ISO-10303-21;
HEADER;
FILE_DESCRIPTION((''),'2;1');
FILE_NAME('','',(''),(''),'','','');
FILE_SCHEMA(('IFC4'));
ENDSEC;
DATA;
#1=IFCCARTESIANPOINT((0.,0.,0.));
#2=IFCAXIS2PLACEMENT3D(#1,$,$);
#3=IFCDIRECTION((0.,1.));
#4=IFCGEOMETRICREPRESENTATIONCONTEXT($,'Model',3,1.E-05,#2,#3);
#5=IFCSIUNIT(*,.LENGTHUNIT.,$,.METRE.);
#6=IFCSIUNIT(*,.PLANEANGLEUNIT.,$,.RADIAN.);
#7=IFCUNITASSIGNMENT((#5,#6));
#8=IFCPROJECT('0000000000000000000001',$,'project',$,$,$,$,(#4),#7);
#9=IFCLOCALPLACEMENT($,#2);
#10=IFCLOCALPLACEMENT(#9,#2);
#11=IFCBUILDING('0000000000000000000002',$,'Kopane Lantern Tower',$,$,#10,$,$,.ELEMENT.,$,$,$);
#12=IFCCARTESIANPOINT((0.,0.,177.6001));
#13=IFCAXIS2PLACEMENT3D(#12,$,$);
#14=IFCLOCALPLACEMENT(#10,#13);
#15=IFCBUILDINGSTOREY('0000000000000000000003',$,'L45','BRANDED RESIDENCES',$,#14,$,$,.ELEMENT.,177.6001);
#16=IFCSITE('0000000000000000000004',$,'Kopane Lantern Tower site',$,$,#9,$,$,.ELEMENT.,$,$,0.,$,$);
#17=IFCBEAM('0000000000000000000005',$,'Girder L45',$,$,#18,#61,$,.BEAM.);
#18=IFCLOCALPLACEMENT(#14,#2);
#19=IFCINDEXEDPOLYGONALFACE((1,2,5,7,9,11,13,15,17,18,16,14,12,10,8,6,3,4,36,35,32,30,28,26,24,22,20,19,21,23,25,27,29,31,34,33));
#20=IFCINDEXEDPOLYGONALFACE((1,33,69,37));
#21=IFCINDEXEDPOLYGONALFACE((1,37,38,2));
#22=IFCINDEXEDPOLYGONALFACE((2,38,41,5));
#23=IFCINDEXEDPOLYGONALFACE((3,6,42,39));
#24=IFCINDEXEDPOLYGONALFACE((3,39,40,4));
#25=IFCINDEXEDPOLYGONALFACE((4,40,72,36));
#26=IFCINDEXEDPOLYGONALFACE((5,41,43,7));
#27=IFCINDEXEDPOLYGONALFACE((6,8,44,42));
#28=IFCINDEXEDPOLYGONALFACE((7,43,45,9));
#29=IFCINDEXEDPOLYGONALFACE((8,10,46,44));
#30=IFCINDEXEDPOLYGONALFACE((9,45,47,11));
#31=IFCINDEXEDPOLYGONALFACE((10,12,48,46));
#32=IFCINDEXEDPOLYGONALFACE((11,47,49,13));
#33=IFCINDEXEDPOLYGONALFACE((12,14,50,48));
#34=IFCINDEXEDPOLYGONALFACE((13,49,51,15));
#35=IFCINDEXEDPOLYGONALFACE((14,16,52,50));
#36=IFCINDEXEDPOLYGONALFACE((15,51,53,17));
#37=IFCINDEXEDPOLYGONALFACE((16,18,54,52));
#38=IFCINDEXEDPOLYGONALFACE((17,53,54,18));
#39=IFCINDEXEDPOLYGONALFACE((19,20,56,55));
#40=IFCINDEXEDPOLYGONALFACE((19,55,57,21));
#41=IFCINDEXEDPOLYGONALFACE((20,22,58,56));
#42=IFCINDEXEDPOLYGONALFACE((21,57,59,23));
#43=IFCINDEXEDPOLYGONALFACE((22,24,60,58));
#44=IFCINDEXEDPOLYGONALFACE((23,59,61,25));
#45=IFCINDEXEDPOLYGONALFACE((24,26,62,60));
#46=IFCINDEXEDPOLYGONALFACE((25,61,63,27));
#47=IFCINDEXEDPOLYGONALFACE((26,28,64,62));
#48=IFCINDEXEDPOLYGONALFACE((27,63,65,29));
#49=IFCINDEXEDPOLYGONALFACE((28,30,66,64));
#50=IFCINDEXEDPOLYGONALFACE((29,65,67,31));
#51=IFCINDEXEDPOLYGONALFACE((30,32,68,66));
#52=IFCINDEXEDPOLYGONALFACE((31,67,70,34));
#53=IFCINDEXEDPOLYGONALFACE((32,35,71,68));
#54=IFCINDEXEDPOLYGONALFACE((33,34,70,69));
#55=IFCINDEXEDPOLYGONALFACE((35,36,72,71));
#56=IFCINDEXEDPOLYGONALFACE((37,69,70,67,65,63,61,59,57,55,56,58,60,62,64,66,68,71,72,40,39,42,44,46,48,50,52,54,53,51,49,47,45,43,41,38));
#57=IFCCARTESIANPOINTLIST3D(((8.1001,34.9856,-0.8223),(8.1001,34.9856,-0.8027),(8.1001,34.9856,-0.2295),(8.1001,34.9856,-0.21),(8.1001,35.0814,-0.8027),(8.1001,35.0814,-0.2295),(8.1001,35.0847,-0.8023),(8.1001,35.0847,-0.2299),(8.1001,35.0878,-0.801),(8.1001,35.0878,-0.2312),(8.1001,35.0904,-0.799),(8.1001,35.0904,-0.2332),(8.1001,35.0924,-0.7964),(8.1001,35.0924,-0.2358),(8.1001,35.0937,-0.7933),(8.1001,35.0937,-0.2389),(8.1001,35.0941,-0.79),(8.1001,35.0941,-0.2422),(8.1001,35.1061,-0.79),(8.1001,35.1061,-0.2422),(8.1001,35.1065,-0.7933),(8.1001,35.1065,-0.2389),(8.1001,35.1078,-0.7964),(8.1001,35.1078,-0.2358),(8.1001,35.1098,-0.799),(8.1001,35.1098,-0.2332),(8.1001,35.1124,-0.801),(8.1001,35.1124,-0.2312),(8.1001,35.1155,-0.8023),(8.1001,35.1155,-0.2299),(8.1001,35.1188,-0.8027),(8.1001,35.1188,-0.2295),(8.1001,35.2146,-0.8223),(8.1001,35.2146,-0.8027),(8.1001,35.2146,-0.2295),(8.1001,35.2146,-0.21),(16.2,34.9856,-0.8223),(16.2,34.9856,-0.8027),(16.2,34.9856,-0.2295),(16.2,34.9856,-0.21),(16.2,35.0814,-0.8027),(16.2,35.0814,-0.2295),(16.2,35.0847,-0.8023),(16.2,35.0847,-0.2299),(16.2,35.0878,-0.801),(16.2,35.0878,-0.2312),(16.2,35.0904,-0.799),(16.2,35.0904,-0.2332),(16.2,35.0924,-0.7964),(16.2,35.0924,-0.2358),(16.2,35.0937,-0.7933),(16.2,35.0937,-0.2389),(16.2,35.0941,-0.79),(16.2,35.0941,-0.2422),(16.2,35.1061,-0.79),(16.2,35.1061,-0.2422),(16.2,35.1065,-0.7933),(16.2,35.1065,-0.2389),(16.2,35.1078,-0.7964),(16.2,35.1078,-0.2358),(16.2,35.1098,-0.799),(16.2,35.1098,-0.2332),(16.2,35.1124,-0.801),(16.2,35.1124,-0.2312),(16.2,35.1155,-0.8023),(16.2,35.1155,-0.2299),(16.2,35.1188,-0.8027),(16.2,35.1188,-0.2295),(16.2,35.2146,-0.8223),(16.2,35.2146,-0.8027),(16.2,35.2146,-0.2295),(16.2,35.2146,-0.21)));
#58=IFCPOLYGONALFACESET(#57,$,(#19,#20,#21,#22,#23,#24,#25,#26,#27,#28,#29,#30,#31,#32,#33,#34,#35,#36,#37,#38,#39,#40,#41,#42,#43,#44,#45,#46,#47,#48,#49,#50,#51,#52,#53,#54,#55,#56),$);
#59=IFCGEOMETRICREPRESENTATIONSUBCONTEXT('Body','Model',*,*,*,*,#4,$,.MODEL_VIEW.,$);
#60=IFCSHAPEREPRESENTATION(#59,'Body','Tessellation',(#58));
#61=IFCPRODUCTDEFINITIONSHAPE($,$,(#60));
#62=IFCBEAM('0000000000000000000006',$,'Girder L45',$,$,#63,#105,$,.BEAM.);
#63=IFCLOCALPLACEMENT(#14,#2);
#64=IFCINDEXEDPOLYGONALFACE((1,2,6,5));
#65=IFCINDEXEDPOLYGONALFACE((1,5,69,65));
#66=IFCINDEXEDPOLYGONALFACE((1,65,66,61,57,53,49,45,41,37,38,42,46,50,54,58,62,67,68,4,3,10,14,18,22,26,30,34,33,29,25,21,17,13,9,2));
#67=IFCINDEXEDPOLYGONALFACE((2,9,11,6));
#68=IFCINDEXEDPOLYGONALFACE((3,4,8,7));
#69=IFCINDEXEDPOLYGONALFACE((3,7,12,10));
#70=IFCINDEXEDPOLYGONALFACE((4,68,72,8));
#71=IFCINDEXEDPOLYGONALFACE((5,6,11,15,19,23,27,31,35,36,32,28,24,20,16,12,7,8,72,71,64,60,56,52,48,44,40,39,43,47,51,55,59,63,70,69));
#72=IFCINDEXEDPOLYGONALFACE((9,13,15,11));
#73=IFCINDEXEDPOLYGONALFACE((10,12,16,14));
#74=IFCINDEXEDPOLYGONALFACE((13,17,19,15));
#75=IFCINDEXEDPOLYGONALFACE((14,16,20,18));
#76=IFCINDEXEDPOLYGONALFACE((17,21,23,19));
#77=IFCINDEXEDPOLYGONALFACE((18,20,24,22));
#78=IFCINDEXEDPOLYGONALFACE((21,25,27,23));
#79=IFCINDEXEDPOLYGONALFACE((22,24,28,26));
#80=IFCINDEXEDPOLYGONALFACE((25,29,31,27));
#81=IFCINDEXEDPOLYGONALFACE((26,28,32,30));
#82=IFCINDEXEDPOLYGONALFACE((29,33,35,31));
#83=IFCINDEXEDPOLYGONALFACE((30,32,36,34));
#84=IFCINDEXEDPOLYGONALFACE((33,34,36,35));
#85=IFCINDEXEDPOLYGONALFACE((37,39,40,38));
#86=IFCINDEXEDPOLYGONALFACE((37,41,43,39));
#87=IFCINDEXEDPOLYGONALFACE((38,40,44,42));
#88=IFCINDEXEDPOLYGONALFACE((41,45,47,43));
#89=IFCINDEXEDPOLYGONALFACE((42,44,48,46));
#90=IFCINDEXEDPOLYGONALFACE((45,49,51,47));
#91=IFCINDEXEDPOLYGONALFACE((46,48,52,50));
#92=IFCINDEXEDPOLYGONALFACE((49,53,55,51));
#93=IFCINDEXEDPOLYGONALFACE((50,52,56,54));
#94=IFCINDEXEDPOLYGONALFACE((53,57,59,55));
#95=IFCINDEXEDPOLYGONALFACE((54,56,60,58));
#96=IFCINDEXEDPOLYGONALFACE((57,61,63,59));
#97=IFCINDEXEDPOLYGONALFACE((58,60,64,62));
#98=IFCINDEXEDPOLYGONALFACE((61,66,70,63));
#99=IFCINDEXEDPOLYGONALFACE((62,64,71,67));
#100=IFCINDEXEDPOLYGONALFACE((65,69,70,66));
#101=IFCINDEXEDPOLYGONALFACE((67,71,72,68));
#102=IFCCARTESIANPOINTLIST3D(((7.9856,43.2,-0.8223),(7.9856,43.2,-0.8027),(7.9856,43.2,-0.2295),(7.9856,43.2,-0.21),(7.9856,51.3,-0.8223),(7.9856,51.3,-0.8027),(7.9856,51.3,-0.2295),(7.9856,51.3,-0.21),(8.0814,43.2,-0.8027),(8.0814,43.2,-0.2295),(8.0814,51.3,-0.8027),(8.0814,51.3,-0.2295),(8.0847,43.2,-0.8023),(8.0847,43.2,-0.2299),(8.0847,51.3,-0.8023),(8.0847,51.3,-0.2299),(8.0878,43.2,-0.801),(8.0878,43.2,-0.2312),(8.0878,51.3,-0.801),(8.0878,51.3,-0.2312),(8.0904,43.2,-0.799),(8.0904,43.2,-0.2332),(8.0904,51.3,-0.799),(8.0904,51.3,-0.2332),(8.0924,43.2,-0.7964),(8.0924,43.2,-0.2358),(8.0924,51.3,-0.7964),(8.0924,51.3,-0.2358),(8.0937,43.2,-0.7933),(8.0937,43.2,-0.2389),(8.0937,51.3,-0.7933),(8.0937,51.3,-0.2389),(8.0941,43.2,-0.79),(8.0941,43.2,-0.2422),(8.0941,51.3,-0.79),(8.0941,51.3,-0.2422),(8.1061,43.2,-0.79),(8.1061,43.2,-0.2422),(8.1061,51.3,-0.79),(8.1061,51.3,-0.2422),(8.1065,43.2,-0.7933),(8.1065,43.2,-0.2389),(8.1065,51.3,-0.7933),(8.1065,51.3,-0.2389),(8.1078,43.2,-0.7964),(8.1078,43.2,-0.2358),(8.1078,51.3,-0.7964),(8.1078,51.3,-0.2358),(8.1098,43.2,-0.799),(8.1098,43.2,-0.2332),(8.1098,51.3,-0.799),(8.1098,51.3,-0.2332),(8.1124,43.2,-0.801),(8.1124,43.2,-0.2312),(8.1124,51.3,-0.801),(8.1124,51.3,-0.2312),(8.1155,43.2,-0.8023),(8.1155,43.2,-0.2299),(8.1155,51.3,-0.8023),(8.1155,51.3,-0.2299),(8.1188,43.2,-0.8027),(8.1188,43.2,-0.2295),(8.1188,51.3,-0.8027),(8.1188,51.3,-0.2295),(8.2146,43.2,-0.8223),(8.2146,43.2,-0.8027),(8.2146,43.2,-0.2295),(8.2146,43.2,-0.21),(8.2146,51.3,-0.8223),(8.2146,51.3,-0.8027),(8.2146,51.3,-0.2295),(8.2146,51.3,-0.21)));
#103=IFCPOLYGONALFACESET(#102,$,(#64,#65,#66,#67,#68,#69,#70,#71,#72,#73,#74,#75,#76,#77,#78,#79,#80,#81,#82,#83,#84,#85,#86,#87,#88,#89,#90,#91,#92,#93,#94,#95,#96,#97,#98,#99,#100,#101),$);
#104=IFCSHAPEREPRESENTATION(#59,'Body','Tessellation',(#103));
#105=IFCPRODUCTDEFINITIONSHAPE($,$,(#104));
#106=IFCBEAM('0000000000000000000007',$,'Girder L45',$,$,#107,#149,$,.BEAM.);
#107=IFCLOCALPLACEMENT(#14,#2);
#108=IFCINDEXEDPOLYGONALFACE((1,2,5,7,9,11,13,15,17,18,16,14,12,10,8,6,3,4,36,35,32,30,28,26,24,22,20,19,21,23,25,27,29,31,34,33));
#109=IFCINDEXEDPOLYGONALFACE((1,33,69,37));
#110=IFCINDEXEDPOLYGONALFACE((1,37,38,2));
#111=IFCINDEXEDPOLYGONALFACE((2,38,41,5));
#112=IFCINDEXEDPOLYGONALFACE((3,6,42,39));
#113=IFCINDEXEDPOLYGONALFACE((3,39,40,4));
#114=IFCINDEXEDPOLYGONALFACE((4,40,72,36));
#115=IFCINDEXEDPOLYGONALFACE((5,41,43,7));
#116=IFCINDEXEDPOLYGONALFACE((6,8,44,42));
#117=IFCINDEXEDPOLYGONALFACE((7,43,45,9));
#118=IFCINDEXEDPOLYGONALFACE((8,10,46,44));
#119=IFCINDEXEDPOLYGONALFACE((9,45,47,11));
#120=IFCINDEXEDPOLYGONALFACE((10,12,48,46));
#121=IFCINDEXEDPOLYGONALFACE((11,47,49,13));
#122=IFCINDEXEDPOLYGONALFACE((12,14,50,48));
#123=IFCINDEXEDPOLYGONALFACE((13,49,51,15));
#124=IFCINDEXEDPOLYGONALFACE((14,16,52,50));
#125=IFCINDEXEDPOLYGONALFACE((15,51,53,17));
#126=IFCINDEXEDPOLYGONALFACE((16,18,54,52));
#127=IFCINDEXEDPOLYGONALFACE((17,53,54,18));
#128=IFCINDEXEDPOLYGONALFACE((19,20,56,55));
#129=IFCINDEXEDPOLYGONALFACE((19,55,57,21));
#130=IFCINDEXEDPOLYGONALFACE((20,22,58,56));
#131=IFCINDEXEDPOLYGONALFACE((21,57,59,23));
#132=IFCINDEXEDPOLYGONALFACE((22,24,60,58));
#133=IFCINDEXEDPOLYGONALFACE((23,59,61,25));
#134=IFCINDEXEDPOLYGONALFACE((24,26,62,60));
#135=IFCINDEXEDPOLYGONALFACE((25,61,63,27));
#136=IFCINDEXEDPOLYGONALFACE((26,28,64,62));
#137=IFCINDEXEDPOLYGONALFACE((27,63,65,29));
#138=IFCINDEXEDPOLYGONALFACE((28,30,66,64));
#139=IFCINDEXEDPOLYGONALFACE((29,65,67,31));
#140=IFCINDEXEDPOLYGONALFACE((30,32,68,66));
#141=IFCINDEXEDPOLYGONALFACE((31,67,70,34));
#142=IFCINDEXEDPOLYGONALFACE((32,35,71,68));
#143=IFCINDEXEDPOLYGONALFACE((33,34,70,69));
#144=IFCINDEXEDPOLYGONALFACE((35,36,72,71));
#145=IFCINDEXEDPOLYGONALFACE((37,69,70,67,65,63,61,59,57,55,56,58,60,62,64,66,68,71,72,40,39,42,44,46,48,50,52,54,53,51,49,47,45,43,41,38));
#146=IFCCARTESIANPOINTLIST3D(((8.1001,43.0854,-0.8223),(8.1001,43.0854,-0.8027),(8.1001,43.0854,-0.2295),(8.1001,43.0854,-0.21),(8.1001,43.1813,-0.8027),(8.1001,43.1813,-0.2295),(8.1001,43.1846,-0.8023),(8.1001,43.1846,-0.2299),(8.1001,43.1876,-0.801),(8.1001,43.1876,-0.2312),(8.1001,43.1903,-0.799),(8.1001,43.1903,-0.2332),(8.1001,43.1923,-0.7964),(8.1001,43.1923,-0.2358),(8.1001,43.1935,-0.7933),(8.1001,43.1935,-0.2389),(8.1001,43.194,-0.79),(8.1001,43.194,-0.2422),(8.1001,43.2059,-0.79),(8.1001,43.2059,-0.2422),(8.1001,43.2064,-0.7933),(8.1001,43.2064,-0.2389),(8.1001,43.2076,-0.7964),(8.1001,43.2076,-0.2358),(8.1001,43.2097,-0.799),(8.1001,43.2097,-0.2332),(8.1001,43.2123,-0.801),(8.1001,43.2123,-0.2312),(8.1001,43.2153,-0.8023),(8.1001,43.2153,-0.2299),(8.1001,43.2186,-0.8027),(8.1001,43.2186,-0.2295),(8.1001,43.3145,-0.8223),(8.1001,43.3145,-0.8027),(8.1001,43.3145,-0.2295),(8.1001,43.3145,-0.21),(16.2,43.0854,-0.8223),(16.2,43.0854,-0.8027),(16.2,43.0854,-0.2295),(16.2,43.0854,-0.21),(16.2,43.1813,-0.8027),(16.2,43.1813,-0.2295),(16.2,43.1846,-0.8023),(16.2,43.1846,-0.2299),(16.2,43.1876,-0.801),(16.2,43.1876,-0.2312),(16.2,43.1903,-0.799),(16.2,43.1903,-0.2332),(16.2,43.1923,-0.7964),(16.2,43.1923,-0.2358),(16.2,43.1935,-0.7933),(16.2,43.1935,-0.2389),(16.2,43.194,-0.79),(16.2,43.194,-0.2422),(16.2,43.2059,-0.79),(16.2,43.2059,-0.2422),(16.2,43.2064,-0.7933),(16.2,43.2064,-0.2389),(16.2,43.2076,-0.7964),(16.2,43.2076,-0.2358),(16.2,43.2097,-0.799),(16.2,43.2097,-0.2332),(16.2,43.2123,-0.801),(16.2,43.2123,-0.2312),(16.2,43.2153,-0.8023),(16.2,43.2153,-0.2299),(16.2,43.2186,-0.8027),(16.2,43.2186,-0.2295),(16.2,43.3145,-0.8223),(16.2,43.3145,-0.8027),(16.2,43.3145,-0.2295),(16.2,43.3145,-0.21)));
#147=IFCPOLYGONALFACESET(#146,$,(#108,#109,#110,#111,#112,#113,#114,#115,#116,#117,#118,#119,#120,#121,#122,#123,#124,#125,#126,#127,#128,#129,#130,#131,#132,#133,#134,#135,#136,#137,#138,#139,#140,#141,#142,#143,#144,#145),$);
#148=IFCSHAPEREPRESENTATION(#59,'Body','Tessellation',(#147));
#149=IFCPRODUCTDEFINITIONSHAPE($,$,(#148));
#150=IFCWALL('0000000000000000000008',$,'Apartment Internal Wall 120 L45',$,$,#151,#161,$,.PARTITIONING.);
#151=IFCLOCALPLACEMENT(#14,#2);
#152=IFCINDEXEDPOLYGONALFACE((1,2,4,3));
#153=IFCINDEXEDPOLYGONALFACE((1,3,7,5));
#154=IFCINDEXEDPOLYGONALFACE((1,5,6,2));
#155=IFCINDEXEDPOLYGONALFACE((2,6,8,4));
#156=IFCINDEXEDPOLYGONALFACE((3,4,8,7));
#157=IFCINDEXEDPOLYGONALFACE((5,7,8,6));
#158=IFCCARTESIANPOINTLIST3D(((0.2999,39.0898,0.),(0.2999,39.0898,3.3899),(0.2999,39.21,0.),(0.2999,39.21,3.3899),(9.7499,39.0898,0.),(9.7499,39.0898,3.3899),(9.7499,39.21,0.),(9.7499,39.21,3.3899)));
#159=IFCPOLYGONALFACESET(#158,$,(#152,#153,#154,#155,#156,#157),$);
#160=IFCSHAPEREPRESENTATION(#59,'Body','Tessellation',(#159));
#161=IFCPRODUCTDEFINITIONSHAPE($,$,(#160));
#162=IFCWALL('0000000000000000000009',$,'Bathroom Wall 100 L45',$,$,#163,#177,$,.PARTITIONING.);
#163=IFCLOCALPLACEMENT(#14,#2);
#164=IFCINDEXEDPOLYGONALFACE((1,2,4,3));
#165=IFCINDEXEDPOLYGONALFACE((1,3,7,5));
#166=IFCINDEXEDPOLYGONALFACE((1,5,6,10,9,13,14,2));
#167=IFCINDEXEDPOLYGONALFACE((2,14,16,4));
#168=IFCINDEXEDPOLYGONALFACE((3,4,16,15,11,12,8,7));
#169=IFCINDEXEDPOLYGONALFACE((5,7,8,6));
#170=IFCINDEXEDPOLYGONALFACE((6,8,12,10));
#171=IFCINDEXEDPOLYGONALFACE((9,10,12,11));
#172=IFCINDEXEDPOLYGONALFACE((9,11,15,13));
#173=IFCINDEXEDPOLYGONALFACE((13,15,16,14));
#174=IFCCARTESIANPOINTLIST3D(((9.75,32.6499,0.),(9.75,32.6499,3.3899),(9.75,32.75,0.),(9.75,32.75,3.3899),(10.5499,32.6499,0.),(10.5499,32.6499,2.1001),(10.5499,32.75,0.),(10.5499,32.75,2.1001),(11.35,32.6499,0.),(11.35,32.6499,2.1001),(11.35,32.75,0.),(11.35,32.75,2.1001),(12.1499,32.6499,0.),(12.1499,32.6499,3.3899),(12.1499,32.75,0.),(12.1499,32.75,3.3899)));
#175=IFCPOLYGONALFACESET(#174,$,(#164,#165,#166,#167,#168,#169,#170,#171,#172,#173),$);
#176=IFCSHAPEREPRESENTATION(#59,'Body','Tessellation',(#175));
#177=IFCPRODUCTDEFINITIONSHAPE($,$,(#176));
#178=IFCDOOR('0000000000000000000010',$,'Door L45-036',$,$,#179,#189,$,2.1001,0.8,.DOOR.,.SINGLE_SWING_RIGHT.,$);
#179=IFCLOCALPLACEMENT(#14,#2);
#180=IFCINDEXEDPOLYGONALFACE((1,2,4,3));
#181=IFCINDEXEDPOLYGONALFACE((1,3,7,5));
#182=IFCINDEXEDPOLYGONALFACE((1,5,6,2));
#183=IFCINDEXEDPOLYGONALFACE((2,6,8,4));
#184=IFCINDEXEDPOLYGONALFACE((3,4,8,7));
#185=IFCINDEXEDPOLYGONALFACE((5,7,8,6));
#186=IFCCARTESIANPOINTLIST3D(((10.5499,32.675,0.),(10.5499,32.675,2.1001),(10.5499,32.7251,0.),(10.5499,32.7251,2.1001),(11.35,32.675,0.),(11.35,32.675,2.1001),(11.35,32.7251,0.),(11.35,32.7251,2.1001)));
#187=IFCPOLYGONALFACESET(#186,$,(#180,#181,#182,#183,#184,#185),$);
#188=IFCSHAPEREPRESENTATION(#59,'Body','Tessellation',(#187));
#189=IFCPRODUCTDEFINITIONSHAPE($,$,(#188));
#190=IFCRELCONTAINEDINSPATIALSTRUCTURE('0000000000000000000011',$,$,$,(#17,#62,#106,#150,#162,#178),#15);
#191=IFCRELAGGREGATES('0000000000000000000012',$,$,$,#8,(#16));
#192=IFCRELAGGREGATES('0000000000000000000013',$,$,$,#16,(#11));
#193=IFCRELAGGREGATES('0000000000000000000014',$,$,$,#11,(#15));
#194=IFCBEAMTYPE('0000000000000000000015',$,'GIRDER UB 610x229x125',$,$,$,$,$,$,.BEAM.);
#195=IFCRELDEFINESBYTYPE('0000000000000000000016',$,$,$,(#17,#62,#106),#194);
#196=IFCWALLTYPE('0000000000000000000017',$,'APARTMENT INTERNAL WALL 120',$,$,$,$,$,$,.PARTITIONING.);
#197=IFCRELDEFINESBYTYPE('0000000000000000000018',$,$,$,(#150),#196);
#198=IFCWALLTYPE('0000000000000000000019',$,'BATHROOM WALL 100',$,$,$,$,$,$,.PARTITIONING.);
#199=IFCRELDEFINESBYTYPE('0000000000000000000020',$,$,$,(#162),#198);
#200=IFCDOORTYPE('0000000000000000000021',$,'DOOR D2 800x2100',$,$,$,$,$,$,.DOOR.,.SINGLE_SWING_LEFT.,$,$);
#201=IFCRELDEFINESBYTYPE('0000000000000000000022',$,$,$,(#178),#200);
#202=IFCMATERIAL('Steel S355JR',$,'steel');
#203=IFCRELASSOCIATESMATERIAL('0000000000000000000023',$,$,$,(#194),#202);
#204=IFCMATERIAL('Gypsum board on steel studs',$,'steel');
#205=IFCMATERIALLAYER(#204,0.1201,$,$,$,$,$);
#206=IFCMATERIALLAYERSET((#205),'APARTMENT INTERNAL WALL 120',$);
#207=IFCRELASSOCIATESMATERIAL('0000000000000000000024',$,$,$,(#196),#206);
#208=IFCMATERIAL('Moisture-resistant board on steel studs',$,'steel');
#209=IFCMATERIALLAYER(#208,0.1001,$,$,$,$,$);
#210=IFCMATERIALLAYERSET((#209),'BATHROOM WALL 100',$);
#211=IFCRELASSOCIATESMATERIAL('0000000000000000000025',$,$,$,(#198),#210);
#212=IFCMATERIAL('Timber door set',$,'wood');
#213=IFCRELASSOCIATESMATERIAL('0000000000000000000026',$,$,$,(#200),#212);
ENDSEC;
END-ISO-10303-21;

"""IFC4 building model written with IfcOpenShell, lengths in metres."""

from ifc_helpers import new_model, si_unit, direction, frame, frame_2d, origin, origin_2d, place, context, subcontext, project, spatial, rectangle, i_section, extrude, material, layer, layer_set, material_profile, profile_set, type_object, element, fill, save


model = new_model("IFC4")

# Units and contexts
model_context = context("Model", 3, precision=1e-05, world=origin(), true_north=direction((0.0, 1.0)))
body_context = subcontext(model_context, "Body", "Model", "MODEL_VIEW")
ifc_project = project(units=[si_unit("LENGTHUNIT", "METRE"), si_unit("PLANEANGLEUNIT", "RADIAN")], contexts=[model_context])

# Site, building, storey
site_placement = place(None, origin())
site = spatial("IfcSite", under=ifc_project, at=site_placement, Name="Kopane Lantern Tower site", CompositionType="ELEMENT", RefElevation=0.0)
building_placement = place(site_placement, origin())
building = spatial("IfcBuilding", under=site, at=building_placement, Name="Kopane Lantern Tower", CompositionType="ELEMENT")
storey_placement = place(building_placement, frame((0.0, 0.0, 177.6001)))
storey = spatial("IfcBuildingStorey", under=building, at=storey_placement, Name="L45", Description="BRANDED RESIDENCES", CompositionType="ELEMENT", Elevation=177.6001)

# Beams
ifc_material_1 = material(Name="Steel S355JR", Category="steel")
ifc_material_profile_1 = material_profile(ifc_material_1, i_section(OverallWidth=0.229, OverallDepth=0.6123, WebThickness=0.012, FlangeThickness=0.0195, FilletRadius=0.0127, at=origin_2d()), Name="UB 610x229x125")
ifc_profile_set_1 = profile_set([ifc_material_profile_1], Name="Steel S355JR")
beam_type = type_object("IfcBeamType", Name="GIRDER UB 610x229x125", PredefinedType="BEAM", material=ifc_profile_set_1)
for number, where, z_axis, x_axis, name in (
    (1, (8.1001, 35.1001, -0.5161), (1.0, 0.0, 0.0), (0.0, 1.0, 0.0), "Girder L45"),
):
    element("IfcBeam", number, at=place(storey_placement, frame(where, z_axis=z_axis, x_axis=x_axis)), inside=storey, type_object=beam_type, Name=name, PredefinedType="BEAM", context=body_context, shape_type="SweptSolid", body=[
        extrude(i_section(OverallWidth=0.229, OverallDepth=0.6123, WebThickness=0.012, FlangeThickness=0.0195, FilletRadius=0.0127, at=origin_2d()), origin(), (0.0, 0.0, 1.0), 8.0999),
    ])
beam_1_placement = place(storey_placement, frame((8.1001, 43.2, -0.5161), z_axis=(0.0, 1.0, 0.0), x_axis=(-1.0, 0.0, 0.0)))
element("IfcBeam", 2, at=beam_1_placement, inside=storey, type_object=beam_type, Name="Girder L45", PredefinedType="BEAM", context=body_context, shape_type="SweptSolid", body=[
    extrude(i_section(OverallWidth=0.229, OverallDepth=0.6123, WebThickness=0.012, FlangeThickness=0.0195, FilletRadius=0.0127, at=origin_2d()), origin(), (0.0, 0.0, 1.0), 8.1001),
])
beam_2_placement = place(storey_placement, frame((8.1001, 43.2, -0.5161), z_axis=(1.0, 0.0, 0.0), x_axis=(0.0, 1.0, 0.0)))
element("IfcBeam", 3, at=beam_2_placement, inside=storey, type_object=beam_type, Name="Girder L45", PredefinedType="BEAM", context=body_context, shape_type="SweptSolid", body=[
    extrude(i_section(OverallWidth=0.229, OverallDepth=0.6123, WebThickness=0.012, FlangeThickness=0.0195, FilletRadius=0.0127, at=origin_2d()), origin(), (0.0, 0.0, 1.0), 8.0999),
])

# Wall
ifc_material_2 = material(Name="Gypsum board on steel studs", Category="steel")
ifc_layer_1 = layer(ifc_material_2, 0.1201)
ifc_layer_set_1 = layer_set([ifc_layer_1], Name="APARTMENT INTERNAL WALL 120")
wall_type_1 = type_object("IfcWallType", Name="APARTMENT INTERNAL WALL 120", PredefinedType="PARTITIONING", material=ifc_layer_set_1)
wall_1_placement = place(storey_placement, frame((9.75, 39.1499, 0.0), z_axis=(0.0, 0.0, 1.0), x_axis=(-1.0, 0.0, 0.0)))
element("IfcWall", 4, at=wall_1_placement, inside=storey, type_object=wall_type_1, Name="Apartment Internal Wall 120 L45", PredefinedType="PARTITIONING", context=body_context, shape_type="SweptSolid", body=[
    extrude(rectangle(XDim=9.45, YDim=0.1201, at=frame_2d((4.7251, 0.0))), origin(), (0.0, 0.0, 1.0), 3.3899),
])

# Wall, opening, door
ifc_material_3 = material(Name="Moisture-resistant board on steel studs", Category="steel")
ifc_layer_2 = layer(ifc_material_3, 0.1001)
ifc_layer_set_2 = layer_set([ifc_layer_2], Name="BATHROOM WALL 100")
wall_type_2 = type_object("IfcWallType", Name="BATHROOM WALL 100", PredefinedType="PARTITIONING", material=ifc_layer_set_2)
wall_2_placement = place(storey_placement, frame((12.1499, 32.7, 0.0), z_axis=(0.0, 0.0, 1.0), x_axis=(-1.0, 0.0, 0.0)))
wall_2 = element("IfcWall", 5, at=wall_2_placement, inside=storey, type_object=wall_type_2, Name="Bathroom Wall 100 L45", PredefinedType="PARTITIONING", context=body_context, shape_type="SweptSolid", body=[
    extrude(rectangle(XDim=2.3999, YDim=0.1001, at=frame_2d((1.2, 0.0))), origin(), (0.0, 0.0, 1.0), 3.3899),
])
opening_1_placement = place(wall_2_placement, frame((0.8, 0.0, 0.0)))
opening_1 = element("IfcOpeningElement", 6, at=opening_1_placement, cuts=wall_2, PredefinedType="OPENING", context=body_context, shape_type="SweptSolid", body=[
    extrude(rectangle(XDim=0.8, YDim=2.1001, at=frame_2d((0.3999, 1.05))), frame((0.0, 0.0601, 0.0), z_axis=(0.0, -1.0, 0.0), x_axis=(1.0, 0.0, 0.0)), (0.0, 0.0, 1.0), 0.1201),
])
ifc_material_4 = material(Name="Timber door set", Category="wood")
door_type = type_object("IfcDoorType", Name="DOOR D2 800x2100", OperationType="SINGLE_SWING_LEFT", PredefinedType="DOOR", material=ifc_material_4)
door_1_placement = place(opening_1_placement, origin())
door_1 = element("IfcDoor", 7, at=door_1_placement, inside=storey, type_object=door_type, Name="Door L45-036", OperationType="SINGLE_SWING_RIGHT", OverallHeight=2.1001, OverallWidth=0.8, PredefinedType="DOOR", context=body_context, shape_type="SweptSolid", body=[
    extrude(rectangle(XDim=0.8, YDim=2.1001, at=frame_2d((0.3999, 1.05))), frame((0.0, 0.0249, 0.0), z_axis=(0.0, -1.0, 0.0), x_axis=(1.0, 0.0, 0.0)), (0.0, 0.0, 1.0), 0.05),
])
fill(opening_1, door_1)

save(model, "model.ifc")
